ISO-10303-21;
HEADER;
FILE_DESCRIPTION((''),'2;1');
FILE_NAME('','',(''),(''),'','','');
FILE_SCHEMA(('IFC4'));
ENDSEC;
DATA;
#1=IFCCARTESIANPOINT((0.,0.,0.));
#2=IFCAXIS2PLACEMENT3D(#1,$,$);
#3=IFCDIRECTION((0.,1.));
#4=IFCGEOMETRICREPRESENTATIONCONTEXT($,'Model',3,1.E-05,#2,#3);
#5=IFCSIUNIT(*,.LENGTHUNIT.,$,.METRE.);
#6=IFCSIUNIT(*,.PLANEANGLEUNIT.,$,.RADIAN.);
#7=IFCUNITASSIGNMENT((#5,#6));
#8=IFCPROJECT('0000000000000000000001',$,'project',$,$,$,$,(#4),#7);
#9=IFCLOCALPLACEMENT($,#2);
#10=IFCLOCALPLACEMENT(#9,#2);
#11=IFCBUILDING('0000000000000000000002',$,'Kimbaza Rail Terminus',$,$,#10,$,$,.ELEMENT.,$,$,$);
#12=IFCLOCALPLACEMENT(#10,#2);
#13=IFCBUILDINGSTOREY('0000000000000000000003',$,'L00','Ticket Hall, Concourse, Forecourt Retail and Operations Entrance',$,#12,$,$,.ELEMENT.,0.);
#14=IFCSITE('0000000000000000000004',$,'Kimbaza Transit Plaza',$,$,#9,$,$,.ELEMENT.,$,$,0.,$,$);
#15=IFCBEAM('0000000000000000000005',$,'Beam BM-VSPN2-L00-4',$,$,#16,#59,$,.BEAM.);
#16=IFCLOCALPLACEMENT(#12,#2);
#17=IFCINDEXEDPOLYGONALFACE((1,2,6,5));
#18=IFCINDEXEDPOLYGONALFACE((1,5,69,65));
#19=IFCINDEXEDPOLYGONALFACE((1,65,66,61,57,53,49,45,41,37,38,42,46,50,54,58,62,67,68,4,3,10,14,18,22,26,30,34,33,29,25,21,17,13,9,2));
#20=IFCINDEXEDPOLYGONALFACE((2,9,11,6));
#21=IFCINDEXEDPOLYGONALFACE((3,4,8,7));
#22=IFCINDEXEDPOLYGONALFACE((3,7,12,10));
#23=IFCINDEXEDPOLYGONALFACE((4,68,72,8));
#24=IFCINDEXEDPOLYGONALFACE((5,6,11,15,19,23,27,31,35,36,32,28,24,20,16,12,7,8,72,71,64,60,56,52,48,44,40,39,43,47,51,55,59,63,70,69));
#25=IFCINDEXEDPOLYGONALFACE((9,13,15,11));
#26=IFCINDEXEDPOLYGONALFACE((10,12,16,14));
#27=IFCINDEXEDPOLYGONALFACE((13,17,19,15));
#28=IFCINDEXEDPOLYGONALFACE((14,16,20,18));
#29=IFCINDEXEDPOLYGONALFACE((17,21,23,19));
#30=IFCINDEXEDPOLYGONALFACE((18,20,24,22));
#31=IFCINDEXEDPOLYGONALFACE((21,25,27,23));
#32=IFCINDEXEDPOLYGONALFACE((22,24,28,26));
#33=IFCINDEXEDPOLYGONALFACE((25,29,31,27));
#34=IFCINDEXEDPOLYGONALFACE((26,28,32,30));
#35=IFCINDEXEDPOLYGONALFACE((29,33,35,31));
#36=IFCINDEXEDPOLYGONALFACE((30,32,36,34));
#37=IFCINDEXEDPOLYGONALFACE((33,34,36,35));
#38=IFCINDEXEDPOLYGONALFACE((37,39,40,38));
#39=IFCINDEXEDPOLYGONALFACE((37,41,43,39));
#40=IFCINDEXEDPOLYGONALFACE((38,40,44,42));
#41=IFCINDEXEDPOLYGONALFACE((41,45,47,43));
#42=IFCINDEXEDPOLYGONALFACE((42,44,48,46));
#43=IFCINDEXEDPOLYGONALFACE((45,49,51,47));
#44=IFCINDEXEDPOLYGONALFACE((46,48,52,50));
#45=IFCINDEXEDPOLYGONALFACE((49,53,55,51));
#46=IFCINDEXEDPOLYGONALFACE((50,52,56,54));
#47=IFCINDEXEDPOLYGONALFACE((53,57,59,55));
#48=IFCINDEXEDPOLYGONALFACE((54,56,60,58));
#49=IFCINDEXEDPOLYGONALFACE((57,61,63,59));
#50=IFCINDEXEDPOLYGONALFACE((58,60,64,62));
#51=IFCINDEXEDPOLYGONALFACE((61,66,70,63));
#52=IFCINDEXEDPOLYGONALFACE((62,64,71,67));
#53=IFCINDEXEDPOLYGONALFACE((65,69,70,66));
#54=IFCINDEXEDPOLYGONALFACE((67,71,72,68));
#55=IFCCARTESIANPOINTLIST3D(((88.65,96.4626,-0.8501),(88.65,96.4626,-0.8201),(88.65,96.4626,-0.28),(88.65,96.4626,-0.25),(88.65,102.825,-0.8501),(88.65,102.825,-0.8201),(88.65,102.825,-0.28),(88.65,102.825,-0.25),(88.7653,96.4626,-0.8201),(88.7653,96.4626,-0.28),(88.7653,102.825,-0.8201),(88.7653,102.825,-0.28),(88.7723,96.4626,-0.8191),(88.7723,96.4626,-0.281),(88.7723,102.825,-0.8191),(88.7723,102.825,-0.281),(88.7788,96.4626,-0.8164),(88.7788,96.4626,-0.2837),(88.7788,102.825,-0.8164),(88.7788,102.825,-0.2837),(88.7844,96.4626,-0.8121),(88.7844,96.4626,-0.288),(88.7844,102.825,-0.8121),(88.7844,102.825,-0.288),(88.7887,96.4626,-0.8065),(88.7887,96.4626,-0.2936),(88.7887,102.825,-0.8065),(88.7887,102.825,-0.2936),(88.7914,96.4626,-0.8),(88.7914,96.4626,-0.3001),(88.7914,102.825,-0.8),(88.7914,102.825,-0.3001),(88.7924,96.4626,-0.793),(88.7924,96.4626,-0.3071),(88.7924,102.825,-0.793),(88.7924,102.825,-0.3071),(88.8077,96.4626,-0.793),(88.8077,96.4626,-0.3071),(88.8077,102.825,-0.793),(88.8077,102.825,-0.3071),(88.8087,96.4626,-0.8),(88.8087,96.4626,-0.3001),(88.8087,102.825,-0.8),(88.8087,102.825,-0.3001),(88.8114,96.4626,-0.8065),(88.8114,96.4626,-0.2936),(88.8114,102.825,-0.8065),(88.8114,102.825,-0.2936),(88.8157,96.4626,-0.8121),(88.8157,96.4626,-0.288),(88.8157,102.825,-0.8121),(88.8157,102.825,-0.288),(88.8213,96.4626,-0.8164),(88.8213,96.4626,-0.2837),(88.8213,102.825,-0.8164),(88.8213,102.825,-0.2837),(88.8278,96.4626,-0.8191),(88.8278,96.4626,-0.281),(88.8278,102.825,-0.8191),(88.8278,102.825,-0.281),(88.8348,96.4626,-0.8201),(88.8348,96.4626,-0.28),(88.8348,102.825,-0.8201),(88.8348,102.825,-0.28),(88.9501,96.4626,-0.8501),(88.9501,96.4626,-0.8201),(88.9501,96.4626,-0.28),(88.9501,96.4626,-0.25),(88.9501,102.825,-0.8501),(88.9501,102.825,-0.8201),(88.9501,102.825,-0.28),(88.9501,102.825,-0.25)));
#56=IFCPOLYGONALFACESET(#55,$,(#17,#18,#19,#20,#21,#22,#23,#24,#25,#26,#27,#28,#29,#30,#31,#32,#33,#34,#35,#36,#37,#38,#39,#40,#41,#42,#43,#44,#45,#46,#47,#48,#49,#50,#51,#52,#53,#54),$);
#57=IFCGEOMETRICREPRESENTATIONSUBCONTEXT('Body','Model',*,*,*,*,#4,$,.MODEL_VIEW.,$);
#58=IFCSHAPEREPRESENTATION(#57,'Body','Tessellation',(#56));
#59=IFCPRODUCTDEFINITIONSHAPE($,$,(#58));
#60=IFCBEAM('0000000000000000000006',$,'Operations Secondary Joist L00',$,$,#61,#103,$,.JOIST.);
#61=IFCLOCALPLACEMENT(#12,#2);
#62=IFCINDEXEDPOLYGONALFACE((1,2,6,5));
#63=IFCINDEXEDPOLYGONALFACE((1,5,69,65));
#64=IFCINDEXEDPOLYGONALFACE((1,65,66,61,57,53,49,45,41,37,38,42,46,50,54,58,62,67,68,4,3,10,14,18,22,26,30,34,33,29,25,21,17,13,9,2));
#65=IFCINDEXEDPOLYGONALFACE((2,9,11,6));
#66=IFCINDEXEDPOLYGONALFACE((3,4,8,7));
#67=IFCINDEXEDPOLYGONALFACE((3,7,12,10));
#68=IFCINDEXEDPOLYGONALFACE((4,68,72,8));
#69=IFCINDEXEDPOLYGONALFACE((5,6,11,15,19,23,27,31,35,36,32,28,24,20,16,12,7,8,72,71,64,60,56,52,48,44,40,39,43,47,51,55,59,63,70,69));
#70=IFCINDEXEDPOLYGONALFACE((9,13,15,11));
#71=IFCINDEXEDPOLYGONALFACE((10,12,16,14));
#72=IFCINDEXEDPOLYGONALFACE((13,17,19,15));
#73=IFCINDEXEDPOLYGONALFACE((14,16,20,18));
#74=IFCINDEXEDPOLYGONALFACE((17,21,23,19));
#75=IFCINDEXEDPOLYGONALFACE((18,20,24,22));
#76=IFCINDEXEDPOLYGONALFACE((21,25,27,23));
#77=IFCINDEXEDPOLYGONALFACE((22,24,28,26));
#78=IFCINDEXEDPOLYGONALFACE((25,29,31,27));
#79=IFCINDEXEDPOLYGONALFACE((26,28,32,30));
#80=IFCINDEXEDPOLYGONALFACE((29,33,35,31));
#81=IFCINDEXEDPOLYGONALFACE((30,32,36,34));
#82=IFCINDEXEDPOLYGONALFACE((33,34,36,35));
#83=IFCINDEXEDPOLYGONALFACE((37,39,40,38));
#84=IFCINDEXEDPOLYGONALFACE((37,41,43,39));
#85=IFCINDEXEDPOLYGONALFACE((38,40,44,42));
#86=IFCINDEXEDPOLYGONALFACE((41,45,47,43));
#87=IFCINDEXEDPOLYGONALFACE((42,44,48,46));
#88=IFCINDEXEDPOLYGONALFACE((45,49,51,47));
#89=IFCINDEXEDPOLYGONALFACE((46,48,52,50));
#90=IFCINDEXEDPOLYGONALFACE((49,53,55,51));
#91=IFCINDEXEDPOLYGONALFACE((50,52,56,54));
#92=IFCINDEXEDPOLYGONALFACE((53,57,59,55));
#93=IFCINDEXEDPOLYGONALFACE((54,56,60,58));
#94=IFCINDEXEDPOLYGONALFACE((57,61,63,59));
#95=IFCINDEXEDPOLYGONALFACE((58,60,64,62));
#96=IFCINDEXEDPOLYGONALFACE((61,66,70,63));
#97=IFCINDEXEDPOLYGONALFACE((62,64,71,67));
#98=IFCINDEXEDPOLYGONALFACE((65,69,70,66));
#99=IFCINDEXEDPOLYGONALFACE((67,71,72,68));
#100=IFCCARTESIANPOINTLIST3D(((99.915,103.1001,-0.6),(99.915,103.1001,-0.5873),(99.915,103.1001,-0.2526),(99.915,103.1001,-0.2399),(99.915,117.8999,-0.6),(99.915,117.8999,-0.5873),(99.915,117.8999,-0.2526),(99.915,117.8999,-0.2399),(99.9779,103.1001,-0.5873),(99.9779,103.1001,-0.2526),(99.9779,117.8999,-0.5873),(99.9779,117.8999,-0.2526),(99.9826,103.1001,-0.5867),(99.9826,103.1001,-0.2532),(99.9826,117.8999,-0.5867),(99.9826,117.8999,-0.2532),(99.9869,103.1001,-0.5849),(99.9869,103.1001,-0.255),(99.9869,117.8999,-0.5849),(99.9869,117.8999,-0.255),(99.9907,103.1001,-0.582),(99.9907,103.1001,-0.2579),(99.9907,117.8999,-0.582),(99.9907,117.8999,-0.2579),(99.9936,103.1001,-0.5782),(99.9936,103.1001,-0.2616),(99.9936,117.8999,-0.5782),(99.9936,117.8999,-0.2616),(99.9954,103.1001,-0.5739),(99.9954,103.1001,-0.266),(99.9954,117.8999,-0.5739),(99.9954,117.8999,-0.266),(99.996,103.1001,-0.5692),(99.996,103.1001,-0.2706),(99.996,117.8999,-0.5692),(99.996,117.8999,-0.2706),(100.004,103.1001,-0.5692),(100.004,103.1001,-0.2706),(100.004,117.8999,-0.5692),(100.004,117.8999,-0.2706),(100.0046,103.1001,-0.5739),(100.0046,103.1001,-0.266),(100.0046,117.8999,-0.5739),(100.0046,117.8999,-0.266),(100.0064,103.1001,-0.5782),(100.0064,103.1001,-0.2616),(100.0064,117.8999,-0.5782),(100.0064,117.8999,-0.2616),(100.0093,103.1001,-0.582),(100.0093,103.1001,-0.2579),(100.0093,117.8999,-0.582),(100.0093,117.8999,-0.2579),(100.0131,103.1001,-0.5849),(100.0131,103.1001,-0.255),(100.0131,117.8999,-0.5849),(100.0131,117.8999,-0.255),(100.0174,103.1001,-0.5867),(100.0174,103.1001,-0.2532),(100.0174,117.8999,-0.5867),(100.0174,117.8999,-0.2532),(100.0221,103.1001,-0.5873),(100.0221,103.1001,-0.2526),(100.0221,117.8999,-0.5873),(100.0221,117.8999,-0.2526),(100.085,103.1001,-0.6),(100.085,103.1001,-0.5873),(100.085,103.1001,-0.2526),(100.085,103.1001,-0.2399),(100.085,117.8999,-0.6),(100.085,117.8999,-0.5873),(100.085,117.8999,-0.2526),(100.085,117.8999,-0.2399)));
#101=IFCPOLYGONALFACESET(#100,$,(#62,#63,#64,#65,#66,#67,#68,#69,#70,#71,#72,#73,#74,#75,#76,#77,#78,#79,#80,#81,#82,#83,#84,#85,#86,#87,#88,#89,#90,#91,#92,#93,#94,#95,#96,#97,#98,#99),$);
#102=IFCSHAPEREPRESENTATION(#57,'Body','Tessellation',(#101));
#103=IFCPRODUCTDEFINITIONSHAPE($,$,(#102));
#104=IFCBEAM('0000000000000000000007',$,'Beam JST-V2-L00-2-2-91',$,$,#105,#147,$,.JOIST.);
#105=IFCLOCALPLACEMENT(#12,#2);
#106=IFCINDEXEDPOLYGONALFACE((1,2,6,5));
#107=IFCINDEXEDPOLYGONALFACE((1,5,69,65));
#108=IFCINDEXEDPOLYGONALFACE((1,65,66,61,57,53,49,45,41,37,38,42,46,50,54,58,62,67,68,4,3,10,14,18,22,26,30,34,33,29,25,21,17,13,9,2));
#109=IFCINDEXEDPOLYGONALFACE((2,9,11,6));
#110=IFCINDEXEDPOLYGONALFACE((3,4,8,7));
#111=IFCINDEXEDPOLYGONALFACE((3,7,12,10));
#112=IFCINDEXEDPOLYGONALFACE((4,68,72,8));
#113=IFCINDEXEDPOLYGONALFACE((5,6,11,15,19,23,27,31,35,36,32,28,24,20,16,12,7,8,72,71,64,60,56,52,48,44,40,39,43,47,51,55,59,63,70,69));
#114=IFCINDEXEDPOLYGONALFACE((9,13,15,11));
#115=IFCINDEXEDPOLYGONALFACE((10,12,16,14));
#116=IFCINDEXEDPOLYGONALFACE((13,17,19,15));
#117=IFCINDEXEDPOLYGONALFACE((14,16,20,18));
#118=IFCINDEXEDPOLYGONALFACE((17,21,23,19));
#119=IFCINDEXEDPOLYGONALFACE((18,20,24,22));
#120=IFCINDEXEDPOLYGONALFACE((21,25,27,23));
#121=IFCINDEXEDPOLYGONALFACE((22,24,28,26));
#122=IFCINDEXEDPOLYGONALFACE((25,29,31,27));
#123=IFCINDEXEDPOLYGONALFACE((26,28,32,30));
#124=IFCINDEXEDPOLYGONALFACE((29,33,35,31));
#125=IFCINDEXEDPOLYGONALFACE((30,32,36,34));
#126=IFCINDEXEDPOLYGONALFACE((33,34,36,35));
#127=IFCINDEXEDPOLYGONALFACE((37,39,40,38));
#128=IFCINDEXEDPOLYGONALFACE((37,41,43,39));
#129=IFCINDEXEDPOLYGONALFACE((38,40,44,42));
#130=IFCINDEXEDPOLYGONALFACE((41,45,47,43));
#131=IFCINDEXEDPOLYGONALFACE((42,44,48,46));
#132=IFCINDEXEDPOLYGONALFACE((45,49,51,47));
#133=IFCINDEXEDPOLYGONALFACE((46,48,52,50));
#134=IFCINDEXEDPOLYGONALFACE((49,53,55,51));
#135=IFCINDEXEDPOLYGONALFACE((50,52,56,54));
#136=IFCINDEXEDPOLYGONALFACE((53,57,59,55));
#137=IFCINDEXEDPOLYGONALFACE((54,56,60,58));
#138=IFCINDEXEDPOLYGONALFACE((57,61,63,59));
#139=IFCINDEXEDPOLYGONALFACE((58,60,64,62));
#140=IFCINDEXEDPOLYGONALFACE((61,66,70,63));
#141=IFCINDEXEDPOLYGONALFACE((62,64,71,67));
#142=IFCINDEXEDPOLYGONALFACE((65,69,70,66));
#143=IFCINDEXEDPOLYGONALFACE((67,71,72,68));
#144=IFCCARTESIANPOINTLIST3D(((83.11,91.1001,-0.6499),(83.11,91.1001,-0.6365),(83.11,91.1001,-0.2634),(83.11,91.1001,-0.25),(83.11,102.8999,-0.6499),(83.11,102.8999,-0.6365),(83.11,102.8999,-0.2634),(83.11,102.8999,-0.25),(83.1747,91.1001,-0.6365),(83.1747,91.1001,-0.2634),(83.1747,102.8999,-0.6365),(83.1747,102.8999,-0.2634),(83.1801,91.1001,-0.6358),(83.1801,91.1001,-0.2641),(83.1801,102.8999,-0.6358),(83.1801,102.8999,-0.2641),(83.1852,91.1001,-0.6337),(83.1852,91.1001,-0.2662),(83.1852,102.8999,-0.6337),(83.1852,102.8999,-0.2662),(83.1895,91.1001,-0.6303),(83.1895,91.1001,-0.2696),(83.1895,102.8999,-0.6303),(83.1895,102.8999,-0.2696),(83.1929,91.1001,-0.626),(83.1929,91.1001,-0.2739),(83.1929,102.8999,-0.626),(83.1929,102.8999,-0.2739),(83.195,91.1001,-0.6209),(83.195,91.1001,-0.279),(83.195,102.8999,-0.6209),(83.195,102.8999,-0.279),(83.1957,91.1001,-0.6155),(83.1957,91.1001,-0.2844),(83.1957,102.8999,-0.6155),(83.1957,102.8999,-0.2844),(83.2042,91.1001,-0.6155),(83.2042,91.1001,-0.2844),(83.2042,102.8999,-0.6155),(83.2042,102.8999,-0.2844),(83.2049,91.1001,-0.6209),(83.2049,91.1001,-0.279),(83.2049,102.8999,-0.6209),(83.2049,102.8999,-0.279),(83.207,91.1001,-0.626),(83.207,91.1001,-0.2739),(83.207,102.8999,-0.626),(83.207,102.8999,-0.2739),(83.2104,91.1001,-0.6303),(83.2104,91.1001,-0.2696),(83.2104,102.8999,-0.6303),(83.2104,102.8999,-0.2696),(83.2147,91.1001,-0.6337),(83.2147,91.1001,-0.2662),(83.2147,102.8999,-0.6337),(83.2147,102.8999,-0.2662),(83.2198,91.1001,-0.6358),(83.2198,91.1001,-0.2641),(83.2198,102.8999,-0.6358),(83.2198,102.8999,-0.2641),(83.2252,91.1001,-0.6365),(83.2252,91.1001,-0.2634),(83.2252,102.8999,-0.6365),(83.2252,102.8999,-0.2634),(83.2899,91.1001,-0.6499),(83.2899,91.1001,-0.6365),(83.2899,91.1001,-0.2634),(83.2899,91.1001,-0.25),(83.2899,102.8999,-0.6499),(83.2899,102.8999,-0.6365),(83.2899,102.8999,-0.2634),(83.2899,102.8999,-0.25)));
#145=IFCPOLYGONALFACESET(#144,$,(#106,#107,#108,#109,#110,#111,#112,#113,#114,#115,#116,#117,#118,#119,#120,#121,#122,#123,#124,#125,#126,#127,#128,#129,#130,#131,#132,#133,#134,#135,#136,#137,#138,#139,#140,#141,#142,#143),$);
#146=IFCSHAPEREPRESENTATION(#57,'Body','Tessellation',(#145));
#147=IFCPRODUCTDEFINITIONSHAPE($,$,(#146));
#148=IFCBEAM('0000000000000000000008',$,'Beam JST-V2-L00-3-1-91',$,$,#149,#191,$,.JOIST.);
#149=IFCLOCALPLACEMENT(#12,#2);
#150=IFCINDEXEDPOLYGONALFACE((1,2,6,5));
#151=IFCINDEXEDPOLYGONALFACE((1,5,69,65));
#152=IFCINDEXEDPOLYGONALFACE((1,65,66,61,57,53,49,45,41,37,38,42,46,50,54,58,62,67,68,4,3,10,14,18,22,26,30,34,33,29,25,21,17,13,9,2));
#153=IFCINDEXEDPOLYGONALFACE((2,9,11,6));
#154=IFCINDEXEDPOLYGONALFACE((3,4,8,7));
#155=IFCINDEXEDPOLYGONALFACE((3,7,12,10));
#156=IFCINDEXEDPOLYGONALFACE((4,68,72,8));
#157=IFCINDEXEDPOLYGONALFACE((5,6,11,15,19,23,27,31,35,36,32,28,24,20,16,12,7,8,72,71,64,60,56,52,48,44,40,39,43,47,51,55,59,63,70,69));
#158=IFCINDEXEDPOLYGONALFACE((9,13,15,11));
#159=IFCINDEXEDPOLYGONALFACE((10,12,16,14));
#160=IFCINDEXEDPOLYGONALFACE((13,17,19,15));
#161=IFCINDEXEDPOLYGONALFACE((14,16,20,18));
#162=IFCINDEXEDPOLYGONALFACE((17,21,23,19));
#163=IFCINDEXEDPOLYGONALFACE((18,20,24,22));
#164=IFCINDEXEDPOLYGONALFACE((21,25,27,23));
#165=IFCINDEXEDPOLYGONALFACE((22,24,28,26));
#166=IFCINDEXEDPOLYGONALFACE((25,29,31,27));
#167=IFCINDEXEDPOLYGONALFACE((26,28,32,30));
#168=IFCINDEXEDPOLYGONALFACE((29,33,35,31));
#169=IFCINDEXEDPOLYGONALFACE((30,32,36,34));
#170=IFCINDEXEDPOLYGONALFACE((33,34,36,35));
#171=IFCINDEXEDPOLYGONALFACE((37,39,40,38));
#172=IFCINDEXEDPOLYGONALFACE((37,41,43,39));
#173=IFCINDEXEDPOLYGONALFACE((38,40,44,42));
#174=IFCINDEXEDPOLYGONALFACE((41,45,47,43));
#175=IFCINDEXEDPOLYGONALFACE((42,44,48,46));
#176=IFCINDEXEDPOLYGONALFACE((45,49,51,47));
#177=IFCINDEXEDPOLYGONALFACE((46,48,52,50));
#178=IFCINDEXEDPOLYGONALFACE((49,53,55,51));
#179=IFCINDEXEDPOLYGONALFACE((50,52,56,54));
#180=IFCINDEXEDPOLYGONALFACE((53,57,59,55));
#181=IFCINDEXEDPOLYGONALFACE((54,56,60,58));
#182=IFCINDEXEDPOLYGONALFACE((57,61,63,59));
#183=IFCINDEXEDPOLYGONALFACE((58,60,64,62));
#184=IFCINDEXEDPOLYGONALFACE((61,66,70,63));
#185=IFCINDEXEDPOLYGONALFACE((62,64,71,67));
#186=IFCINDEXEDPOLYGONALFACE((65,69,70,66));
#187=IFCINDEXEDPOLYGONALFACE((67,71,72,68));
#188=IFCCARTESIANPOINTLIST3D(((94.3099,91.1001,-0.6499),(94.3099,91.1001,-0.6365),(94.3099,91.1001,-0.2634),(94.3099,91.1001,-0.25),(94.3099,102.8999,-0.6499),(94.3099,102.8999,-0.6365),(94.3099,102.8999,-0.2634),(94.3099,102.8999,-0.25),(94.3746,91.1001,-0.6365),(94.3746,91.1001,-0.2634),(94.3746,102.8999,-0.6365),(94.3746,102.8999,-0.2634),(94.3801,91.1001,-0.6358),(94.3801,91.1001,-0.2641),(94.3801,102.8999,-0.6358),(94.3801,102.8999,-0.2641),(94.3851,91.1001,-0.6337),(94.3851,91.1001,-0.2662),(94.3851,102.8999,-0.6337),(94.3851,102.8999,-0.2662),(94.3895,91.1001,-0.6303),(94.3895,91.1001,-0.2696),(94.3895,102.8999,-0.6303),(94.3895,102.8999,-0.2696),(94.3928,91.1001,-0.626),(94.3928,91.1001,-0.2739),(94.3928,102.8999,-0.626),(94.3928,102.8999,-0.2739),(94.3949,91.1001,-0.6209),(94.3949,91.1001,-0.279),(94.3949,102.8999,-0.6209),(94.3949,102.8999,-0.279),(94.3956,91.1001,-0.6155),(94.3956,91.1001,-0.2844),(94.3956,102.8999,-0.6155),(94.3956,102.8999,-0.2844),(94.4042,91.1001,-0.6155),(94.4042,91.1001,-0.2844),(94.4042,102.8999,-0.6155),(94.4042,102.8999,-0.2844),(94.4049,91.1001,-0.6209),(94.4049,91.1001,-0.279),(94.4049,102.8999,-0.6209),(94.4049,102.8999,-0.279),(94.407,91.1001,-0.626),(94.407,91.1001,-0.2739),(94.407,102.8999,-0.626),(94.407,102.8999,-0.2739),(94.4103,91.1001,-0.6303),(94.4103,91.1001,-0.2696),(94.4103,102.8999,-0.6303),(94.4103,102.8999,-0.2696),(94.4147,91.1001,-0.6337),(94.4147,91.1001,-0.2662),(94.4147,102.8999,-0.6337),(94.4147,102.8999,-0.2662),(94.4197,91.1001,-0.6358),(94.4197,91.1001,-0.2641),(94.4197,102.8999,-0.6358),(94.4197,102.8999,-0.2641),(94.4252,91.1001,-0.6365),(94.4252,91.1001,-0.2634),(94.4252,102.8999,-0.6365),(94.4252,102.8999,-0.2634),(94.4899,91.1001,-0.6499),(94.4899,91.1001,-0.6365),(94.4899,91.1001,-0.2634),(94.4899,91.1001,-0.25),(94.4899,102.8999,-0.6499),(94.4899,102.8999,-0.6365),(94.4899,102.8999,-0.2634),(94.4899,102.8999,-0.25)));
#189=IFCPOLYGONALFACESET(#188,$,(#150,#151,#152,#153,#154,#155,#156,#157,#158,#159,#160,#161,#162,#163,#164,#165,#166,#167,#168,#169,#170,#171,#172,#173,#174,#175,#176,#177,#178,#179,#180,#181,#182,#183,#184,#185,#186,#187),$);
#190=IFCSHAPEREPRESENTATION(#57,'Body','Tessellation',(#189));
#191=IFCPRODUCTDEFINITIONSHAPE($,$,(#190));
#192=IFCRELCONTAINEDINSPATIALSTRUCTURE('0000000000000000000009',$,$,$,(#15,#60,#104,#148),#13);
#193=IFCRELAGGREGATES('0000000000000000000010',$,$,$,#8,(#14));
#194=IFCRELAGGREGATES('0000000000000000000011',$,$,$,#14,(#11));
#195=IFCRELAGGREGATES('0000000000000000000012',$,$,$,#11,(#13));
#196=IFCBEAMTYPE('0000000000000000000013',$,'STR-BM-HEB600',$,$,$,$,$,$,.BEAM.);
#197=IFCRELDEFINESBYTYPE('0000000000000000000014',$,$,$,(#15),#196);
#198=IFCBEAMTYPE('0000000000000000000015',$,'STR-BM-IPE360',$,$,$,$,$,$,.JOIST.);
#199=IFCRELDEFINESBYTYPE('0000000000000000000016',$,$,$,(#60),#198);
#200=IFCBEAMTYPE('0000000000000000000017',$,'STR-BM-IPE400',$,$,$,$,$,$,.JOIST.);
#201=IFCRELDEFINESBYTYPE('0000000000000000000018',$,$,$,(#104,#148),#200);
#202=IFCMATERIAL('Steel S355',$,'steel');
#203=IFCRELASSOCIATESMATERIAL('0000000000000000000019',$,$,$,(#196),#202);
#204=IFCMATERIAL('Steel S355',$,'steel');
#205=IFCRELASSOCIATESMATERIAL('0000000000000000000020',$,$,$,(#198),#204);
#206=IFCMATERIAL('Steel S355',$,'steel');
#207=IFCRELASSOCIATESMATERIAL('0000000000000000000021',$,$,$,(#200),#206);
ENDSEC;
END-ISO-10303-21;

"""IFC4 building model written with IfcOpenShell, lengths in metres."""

from ifc_helpers import new_model, si_unit, direction, frame, origin, origin_2d, place, context, subcontext, project, spatial, i_section, extrude, material, material_profile, profile_set, type_object, element, save


model = new_model("IFC4")

# Units and contexts
model_context = context("Model", 3, precision=1e-05, world=origin(), true_north=direction((0.0, 1.0)))
body_context = subcontext(model_context, "Body", "Model", "MODEL_VIEW")
ifc_project = project(units=[si_unit("LENGTHUNIT", "METRE"), si_unit("PLANEANGLEUNIT", "RADIAN")], contexts=[model_context])

# Site, building, storey
site_placement = place(None, origin())
site = spatial("IfcSite", under=ifc_project, at=site_placement, Name="Kimbaza Transit Plaza", CompositionType="ELEMENT", RefElevation=0.0)
building_placement = place(site_placement, origin())
building = spatial("IfcBuilding", under=site, at=building_placement, Name="Kimbaza Rail Terminus", CompositionType="ELEMENT")
storey_placement = place(building_placement, origin())
storey = spatial("IfcBuildingStorey", under=building, at=storey_placement, Name="L00", Description="Ticket Hall, Concourse, Forecourt Retail and Operations Entrance", CompositionType="ELEMENT", Elevation=0.0)

# Beams
ifc_material_1 = material(Name="Steel S355", Category="steel")
ifc_material_profile_1 = material_profile(ifc_material_1, i_section(OverallWidth=0.3, OverallDepth=0.6001, WebThickness=0.0154, FlangeThickness=0.03, FilletRadius=0.0271, at=origin_2d()), Name="HEB 600")
ifc_profile_set_1 = profile_set([ifc_material_profile_1], Name="Steel S355")
beam_type_1 = type_object("IfcBeamType", Name="STR-BM-HEB600", PredefinedType="BEAM", material=ifc_profile_set_1)
beam_1_placement = place(storey_placement, frame((88.8, 96.4626, -0.55), z_axis=(0.0, 1.0, 0.0), x_axis=(-1.0, 0.0, 0.0)))
element("IfcBeam", 1, at=beam_1_placement, inside=storey, type_object=beam_type_1, Name="Beam BM-VSPN2-L00-4", PredefinedType="BEAM", context=body_context, shape_type="SweptSolid", body=[
    extrude(i_section(OverallWidth=0.3, OverallDepth=0.6001, WebThickness=0.0154, FlangeThickness=0.03, FilletRadius=0.0271, at=origin_2d()), origin(), (0.0, 0.0, 1.0), 6.3623),
])
ifc_material_2 = material(Name="Steel S355", Category="steel")
ifc_material_profile_2 = material_profile(ifc_material_2, i_section(OverallWidth=0.1699, OverallDepth=0.3601, WebThickness=0.0081, FlangeThickness=0.0127, FilletRadius=0.0181, at=origin_2d()), Name="IPE 360")
ifc_profile_set_2 = profile_set([ifc_material_profile_2], Name="Steel S355")
beam_type_2 = type_object("IfcBeamType", Name="STR-BM-IPE360", PredefinedType="JOIST", material=ifc_profile_set_2)
beam_2_placement = place(storey_placement, frame((100.0, 103.1001, -0.4199), z_axis=(0.0, 1.0, 0.0), x_axis=(-1.0, 0.0, 0.0)))
element("IfcBeam", 2, at=beam_2_placement, inside=storey, type_object=beam_type_2, Name="Operations Secondary Joist L00", PredefinedType="JOIST", context=body_context, shape_type="SweptSolid", body=[
    extrude(i_section(OverallWidth=0.1699, OverallDepth=0.3601, WebThickness=0.0081, FlangeThickness=0.0127, FilletRadius=0.0181, at=origin_2d()), origin(), (0.0, 0.0, 1.0), 14.7998),
])
ifc_material_3 = material(Name="Steel S355", Category="steel")
ifc_material_profile_3 = material_profile(ifc_material_3, i_section(OverallWidth=0.1799, OverallDepth=0.3999, WebThickness=0.0085, FlangeThickness=0.0134, FilletRadius=0.021, at=origin_2d()), Name="IPE 400")
ifc_profile_set_3 = profile_set([ifc_material_profile_3], Name="Steel S355")
beam_type_3 = type_object("IfcBeamType", Name="STR-BM-IPE400", PredefinedType="JOIST", material=ifc_profile_set_3)
for number, where, z_axis, x_axis, name in (
    (3, (83.2, 91.1001, -0.45), (0.0, 1.0, 0.0), (-1.0, 0.0, 0.0), "Beam JST-V2-L00-2-2-91"),
    (4, (94.3999, 91.1001, -0.45), (0.0, 1.0, 0.0), (-1.0, 0.0, 0.0), "Beam JST-V2-L00-3-1-91"),
):
    element("IfcBeam", number, at=place(storey_placement, frame(where, z_axis=z_axis, x_axis=x_axis)), inside=storey, type_object=beam_type_3, Name=name, PredefinedType="JOIST", context=body_context, shape_type="SweptSolid", body=[
        extrude(i_section(OverallWidth=0.1799, OverallDepth=0.3999, WebThickness=0.0085, FlangeThickness=0.0134, FilletRadius=0.021, at=origin_2d()), origin(), (0.0, 0.0, 1.0), 11.7998),
    ])

save(model, "model.ifc")
